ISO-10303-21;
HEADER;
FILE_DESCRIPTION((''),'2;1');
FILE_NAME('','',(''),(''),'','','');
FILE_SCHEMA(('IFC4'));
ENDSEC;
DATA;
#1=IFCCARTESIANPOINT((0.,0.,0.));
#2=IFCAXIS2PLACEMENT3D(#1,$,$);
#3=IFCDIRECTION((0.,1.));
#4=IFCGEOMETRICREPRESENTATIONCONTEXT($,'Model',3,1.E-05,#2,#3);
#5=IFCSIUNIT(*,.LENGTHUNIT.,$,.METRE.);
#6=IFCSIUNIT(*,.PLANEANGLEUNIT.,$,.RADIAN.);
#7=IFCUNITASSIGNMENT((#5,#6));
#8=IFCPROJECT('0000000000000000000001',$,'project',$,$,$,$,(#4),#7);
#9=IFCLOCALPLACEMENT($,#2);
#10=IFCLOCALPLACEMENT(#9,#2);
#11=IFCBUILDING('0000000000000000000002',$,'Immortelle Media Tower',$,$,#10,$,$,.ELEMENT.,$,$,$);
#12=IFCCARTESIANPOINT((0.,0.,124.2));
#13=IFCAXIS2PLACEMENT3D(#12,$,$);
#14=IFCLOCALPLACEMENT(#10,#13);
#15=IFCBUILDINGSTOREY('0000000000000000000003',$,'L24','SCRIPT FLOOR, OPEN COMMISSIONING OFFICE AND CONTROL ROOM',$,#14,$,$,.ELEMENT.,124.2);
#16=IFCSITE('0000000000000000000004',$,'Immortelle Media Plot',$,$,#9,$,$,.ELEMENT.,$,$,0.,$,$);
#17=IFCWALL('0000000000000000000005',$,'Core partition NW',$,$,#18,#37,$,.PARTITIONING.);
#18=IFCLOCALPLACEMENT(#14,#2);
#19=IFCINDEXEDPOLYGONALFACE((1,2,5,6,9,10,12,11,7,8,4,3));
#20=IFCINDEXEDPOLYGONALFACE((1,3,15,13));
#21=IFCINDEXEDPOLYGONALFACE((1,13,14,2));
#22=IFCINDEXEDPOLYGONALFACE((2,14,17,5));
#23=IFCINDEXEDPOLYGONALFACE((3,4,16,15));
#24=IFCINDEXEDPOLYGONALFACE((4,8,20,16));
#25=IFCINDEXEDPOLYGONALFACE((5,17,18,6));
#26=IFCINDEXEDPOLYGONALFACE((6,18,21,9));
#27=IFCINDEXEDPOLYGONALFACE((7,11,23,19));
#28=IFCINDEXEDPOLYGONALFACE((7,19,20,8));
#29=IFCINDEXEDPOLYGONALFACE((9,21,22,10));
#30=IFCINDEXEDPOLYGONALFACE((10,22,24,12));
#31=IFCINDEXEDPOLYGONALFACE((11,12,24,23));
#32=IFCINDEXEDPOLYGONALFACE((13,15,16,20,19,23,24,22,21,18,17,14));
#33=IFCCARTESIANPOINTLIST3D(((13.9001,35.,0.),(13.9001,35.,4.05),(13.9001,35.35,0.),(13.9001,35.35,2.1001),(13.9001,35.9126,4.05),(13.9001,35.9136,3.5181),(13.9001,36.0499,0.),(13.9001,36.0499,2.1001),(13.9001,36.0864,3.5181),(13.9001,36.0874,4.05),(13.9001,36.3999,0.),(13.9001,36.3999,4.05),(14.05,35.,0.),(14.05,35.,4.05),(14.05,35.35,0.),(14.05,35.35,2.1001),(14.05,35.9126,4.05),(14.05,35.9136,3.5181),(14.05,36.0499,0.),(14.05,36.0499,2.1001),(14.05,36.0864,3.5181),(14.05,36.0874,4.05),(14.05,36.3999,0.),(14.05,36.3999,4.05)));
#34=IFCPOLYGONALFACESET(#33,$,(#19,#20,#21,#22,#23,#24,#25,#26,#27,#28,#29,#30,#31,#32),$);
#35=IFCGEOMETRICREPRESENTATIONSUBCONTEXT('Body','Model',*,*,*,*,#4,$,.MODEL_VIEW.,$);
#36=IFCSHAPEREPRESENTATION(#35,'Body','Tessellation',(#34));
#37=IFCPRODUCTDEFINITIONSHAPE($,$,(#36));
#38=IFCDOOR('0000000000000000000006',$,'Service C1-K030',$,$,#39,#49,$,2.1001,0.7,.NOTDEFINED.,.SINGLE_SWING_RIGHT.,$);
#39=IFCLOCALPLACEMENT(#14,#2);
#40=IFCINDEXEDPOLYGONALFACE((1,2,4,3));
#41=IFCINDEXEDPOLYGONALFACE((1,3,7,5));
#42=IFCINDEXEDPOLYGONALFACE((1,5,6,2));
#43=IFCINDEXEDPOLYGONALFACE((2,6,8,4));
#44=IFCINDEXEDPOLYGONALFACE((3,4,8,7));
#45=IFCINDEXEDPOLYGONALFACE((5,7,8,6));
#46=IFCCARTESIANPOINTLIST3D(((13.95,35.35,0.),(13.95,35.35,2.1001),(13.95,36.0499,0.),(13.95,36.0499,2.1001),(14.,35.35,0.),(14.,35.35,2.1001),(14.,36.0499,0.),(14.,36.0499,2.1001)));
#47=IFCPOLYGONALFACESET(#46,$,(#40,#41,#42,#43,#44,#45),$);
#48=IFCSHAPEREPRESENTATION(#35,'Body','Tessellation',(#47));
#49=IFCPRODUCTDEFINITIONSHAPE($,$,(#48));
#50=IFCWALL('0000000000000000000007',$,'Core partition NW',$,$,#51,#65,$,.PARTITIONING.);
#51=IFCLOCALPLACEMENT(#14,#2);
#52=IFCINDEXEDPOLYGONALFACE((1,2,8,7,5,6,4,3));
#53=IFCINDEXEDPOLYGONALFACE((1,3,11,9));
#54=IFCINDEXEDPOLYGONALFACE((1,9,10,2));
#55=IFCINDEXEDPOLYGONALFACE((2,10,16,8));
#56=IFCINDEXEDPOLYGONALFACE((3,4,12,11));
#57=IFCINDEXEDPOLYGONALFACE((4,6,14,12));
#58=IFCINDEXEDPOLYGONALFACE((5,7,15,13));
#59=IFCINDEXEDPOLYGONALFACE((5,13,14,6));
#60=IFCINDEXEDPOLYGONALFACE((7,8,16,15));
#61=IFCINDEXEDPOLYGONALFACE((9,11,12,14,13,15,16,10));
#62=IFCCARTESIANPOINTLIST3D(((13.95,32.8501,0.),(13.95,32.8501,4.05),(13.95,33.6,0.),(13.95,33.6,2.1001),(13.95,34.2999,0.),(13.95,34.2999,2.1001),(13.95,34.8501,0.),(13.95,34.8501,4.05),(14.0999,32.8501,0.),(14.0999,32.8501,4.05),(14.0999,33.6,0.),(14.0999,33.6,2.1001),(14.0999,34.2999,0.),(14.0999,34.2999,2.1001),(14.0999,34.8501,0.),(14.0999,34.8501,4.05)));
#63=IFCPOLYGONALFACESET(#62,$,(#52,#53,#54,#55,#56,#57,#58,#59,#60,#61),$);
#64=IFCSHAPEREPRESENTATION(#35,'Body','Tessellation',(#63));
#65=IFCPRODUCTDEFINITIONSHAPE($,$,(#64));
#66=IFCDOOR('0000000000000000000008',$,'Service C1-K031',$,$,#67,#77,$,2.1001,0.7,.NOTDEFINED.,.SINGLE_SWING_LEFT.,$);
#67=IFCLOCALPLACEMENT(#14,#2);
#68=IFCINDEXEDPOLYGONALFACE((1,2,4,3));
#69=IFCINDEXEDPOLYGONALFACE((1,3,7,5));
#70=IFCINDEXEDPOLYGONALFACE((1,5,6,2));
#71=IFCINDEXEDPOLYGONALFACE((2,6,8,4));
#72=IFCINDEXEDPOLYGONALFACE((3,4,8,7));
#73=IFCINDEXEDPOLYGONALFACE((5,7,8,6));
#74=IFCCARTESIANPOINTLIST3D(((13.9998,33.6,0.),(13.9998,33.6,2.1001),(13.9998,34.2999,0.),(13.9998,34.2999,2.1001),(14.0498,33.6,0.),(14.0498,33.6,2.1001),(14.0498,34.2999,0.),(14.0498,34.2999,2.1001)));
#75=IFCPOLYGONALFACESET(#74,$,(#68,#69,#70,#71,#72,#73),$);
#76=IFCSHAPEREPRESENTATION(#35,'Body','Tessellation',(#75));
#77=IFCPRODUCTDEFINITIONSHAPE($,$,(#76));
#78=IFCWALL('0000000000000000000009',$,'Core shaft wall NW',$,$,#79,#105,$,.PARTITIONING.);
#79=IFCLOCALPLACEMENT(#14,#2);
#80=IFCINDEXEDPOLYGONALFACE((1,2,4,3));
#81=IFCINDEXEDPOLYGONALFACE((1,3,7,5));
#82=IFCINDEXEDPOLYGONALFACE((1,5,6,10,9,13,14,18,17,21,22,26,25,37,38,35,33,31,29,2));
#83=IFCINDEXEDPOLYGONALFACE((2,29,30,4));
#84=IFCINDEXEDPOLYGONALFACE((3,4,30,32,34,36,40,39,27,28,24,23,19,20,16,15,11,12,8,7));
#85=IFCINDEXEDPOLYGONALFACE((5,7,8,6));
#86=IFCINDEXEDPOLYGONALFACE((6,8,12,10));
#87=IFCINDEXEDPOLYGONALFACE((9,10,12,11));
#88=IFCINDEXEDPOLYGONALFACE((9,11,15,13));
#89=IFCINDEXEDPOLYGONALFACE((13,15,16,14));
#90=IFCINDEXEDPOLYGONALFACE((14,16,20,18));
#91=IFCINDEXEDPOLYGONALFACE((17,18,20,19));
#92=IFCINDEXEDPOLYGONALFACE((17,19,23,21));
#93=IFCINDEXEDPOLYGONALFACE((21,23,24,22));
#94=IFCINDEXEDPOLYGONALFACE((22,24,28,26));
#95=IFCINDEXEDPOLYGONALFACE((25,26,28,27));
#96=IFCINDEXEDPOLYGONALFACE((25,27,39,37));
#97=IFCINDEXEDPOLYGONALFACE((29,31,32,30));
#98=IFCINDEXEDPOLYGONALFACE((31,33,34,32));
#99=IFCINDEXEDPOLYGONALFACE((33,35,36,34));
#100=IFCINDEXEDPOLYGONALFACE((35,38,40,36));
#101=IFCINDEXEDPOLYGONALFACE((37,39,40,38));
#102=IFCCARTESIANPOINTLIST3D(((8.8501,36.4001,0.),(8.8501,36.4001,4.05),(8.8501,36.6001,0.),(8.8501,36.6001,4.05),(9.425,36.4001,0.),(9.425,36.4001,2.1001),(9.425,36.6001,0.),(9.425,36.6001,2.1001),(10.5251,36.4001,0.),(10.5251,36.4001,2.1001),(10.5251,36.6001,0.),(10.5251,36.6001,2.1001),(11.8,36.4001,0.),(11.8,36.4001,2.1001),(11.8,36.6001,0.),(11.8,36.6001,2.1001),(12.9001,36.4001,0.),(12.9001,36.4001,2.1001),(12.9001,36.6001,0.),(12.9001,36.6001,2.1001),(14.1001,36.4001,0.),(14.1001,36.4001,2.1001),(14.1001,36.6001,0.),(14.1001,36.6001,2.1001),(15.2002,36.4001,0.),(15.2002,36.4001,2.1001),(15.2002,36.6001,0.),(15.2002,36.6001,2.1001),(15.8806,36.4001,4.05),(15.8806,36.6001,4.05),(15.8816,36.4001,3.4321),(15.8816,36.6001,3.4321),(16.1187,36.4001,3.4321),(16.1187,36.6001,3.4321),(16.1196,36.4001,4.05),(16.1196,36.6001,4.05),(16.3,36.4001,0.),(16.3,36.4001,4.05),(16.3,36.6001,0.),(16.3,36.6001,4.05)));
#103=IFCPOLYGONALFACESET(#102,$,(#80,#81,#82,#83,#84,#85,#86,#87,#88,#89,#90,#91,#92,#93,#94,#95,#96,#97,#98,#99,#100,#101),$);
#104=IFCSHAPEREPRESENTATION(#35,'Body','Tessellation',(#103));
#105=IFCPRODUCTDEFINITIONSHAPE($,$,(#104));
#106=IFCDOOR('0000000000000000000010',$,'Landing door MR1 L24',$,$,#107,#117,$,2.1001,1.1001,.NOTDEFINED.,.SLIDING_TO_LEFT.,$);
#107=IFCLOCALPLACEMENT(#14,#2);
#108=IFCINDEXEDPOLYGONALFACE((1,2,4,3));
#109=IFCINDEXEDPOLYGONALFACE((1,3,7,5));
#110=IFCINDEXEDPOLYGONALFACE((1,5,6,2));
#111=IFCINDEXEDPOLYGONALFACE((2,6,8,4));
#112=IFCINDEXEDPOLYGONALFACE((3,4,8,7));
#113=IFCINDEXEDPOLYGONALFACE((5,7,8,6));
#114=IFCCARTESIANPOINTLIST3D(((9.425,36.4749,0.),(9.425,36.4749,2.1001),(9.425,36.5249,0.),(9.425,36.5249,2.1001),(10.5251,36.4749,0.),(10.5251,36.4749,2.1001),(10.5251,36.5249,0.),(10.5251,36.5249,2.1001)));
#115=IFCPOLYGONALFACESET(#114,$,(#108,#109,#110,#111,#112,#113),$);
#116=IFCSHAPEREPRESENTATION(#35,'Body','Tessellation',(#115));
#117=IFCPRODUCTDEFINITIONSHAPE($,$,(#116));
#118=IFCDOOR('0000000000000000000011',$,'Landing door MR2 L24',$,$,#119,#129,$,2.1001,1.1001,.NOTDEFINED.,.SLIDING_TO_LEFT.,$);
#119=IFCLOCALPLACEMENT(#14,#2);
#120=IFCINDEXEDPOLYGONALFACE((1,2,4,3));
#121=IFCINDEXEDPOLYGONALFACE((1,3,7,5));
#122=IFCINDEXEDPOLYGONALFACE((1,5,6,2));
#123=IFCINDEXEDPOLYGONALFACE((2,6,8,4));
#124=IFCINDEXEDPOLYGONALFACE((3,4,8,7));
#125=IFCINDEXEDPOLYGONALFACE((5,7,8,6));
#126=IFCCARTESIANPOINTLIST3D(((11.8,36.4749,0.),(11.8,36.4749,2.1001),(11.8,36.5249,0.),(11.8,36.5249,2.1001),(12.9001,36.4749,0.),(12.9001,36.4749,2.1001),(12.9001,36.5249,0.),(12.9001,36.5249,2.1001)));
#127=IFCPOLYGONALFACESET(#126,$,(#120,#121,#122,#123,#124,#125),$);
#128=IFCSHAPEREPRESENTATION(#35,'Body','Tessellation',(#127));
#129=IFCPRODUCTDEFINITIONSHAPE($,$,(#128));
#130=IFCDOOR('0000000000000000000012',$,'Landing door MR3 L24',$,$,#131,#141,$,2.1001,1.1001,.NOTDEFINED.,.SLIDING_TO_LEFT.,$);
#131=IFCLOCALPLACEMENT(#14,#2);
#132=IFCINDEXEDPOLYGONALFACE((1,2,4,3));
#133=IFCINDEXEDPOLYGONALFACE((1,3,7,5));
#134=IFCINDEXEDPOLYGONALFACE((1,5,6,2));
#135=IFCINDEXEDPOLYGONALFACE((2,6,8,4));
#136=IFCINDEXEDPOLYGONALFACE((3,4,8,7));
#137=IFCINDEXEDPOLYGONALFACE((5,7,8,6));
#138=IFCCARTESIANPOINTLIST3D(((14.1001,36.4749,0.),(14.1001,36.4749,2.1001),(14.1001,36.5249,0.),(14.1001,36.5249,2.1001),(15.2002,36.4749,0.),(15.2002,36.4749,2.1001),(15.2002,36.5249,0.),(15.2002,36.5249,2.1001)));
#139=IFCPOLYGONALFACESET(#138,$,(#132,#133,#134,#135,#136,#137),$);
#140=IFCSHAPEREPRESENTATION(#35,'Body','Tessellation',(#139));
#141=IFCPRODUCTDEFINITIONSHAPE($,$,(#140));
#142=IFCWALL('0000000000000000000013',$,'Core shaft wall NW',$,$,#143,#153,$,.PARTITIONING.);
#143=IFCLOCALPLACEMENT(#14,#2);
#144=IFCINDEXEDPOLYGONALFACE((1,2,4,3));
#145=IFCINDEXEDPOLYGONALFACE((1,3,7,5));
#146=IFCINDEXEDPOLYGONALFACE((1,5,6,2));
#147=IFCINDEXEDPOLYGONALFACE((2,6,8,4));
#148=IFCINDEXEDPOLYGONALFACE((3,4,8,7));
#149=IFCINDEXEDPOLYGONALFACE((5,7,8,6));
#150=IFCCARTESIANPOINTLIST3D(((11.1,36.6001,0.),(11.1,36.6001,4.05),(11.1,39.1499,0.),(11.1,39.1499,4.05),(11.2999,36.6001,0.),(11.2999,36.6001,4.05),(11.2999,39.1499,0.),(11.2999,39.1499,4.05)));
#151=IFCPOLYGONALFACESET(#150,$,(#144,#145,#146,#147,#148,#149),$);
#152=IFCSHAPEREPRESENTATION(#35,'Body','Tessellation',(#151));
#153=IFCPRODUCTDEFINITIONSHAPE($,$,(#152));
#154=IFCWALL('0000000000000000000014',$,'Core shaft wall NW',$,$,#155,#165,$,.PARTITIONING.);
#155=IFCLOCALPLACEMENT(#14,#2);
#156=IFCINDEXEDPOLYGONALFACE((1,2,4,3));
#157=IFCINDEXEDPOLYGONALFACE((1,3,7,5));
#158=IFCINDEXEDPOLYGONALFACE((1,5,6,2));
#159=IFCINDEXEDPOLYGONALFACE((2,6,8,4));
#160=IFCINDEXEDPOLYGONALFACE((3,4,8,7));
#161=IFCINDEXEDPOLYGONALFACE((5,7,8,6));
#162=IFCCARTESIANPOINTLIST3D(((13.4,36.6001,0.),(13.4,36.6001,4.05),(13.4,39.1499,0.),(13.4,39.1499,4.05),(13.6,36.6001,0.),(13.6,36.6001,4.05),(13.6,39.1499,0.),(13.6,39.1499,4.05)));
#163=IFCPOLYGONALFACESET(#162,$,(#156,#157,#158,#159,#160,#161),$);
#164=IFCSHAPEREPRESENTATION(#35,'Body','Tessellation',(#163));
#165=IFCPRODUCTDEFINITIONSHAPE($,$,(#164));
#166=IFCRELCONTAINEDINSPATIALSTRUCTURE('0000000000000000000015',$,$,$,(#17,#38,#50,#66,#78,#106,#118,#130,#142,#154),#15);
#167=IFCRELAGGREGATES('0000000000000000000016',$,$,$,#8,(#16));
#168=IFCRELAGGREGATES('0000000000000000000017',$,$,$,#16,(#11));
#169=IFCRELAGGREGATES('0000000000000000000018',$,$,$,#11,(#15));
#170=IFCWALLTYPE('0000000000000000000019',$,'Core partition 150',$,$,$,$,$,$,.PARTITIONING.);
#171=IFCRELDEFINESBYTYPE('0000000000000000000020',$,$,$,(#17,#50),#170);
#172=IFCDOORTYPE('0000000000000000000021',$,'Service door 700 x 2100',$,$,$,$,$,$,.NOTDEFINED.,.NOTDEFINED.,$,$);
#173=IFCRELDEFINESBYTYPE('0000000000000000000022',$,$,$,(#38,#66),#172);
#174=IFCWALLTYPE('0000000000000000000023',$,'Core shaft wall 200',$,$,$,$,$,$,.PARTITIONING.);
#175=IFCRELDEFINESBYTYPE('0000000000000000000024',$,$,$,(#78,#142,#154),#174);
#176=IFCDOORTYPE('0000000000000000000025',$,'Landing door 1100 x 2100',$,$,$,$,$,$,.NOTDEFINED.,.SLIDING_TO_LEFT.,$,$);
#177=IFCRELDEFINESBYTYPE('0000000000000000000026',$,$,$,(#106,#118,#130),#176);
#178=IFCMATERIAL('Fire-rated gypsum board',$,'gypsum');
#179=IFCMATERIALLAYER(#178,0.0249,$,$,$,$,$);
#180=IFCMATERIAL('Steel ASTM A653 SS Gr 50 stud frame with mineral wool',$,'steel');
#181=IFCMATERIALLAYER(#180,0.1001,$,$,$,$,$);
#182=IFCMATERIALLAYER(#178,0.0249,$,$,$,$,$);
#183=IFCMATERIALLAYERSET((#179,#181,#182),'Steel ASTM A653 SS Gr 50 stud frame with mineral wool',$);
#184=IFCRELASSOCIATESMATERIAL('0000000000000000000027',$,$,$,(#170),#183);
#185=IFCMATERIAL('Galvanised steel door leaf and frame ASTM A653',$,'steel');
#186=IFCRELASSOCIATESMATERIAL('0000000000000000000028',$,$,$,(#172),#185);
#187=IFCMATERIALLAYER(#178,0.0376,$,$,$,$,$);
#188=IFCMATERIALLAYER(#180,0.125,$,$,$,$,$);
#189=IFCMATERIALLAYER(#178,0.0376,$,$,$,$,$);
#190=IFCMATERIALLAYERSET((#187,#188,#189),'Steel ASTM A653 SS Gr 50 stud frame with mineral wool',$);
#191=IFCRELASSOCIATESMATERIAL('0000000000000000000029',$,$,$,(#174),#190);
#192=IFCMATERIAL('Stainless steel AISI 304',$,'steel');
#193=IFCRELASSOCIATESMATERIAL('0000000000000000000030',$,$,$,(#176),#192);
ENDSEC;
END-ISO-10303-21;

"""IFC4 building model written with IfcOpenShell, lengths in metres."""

from ifc_helpers import new_model, si_unit, direction, frame, frame_2d, origin, place, context, subcontext, project, spatial, polyline, rectangle, outline, extrude, material, layer, layer_set, type_object, element, fill, save


model = new_model("IFC4")

# Units and contexts
model_context = context("Model", 3, precision=1e-05, world=origin(), true_north=direction((0.0, 1.0)))
body_context = subcontext(model_context, "Body", "Model", "MODEL_VIEW")
ifc_project = project(units=[si_unit("LENGTHUNIT", "METRE"), si_unit("PLANEANGLEUNIT", "RADIAN")], contexts=[model_context])

# Site, building, storey
site_placement = place(None, origin())
site = spatial("IfcSite", under=ifc_project, at=site_placement, Name="Immortelle Media Plot", CompositionType="ELEMENT", RefElevation=0.0)
building_placement = place(site_placement, origin())
building = spatial("IfcBuilding", under=site, at=building_placement, Name="Immortelle Media Tower", CompositionType="ELEMENT")
storey_placement = place(building_placement, frame((0.0, 0.0, 124.2)))
storey = spatial("IfcBuildingStorey", under=building, at=storey_placement, Name="L24", Description="SCRIPT FLOOR, OPEN COMMISSIONING OFFICE AND CONTROL ROOM", CompositionType="ELEMENT", Elevation=124.2)

# Shared definitions
ifc_material_1 = material(Name="Fire-rated gypsum board", Category="gypsum")
ifc_material_2 = material(Name="Steel ASTM A653 SS Gr 50 stud frame with mineral wool", Category="steel")
ifc_layer_1 = layer(ifc_material_1, 0.0249)
ifc_layer_2 = layer(ifc_material_2, 0.1001)
ifc_layer_3 = layer(ifc_material_1, 0.0249)
ifc_layer_set_1 = layer_set([ifc_layer_1, ifc_layer_2, ifc_layer_3], Name="Steel ASTM A653 SS Gr 50 stud frame with mineral wool")
wall_type_1 = type_object("IfcWallType", Name="Core partition 150", PredefinedType="PARTITIONING", material=ifc_layer_set_1)

# Shared definitions
ifc_material_3 = material(Name="Galvanised steel door leaf and frame ASTM A653", Category="steel")
door_type_1 = type_object("IfcDoorType", Name="Service door 700 x 2100", OperationType="NOTDEFINED", PredefinedType="NOTDEFINED", material=ifc_material_3)

# Walls, openings, doors
wall_1_placement = place(storey_placement, frame((13.9751, 35.0, 0.0), z_axis=(0.0, 0.0, 1.0), x_axis=(0.0, 1.0, 0.0)))
wall_1 = element("IfcWall", 1, at=wall_1_placement, inside=storey, type_object=wall_type_1, Name="Core partition NW", PredefinedType="PARTITIONING", context=body_context, shape_type="SweptSolid", body=[
    extrude(outline(polyline([(0.0, 0.0), (1.3999, 0.0), (1.3999, 4.05), (1.0874, 4.05), (1.0864, 3.5181), (0.9136, 3.5181), (0.9126, 4.05), (0.0, 4.05), (0.0, 0.0)])), frame((0.0, 0.075, 0.0), z_axis=(0.0, -1.0, 0.0), x_axis=(1.0, 0.0, 0.0)), (0.0, 0.0, 1.0), 0.1499),
])
opening_1_placement = place(wall_1_placement, frame((1.05, 0.0, 0.0), z_axis=(0.0, 0.0, 1.0), x_axis=(-1.0, 0.0, 0.0)))
opening_1 = element("IfcOpeningElement", 2, at=opening_1_placement, cuts=wall_1, PredefinedType="OPENING", context=body_context, shape_type="SweptSolid", body=[
    extrude(rectangle(XDim=0.7, YDim=2.1001, at=frame_2d((0.3501, 1.05))), frame((0.0, 0.085, 0.0), z_axis=(0.0, -1.0, 0.0), x_axis=(1.0, 0.0, 0.0)), (0.0, 0.0, 1.0), 0.1699),
])
door_1_placement = place(opening_1_placement, origin())
door_1 = element("IfcDoor", 3, at=door_1_placement, inside=storey, type_object=door_type_1, Name="Service C1-K030", OperationType="SINGLE_SWING_RIGHT", OverallHeight=2.1001, OverallWidth=0.7, PredefinedType="NOTDEFINED", context=body_context, shape_type="SweptSolid", body=[
    extrude(rectangle(XDim=0.7, YDim=2.1001, at=frame_2d((0.3501, 1.05))), frame((0.0, 0.0249, 0.0), z_axis=(0.0, -1.0, 0.0), x_axis=(1.0, 0.0, 0.0)), (0.0, 0.0, 1.0), 0.05),
])
fill(opening_1, door_1)
wall_2_placement = place(storey_placement, frame((14.0249, 32.8501, 0.0), z_axis=(0.0, 0.0, 1.0), x_axis=(0.0, 1.0, 0.0)))
wall_2 = element("IfcWall", 4, at=wall_2_placement, inside=storey, type_object=wall_type_1, Name="Core partition NW", PredefinedType="PARTITIONING", context=body_context, shape_type="SweptSolid", body=[
    extrude(rectangle(XDim=2.0, YDim=0.1499, at=frame_2d((1.0, 0.0))), origin(), (0.0, 0.0, 1.0), 4.05),
])
opening_2_placement = place(wall_2_placement, frame((1.45, 0.0, 0.0), z_axis=(0.0, 0.0, 1.0), x_axis=(-1.0, 0.0, 0.0)))
opening_2 = element("IfcOpeningElement", 5, at=opening_2_placement, cuts=wall_2, PredefinedType="OPENING", context=body_context, shape_type="SweptSolid", body=[
    extrude(rectangle(XDim=0.7, YDim=2.1001, at=frame_2d((0.3501, 1.05))), frame((0.0, 0.085, 0.0), z_axis=(0.0, -1.0, 0.0), x_axis=(1.0, 0.0, 0.0)), (0.0, 0.0, 1.0), 0.1699),
])
door_2_placement = place(opening_2_placement, origin())
door_2 = element("IfcDoor", 6, at=door_2_placement, inside=storey, type_object=door_type_1, Name="Service C1-K031", OperationType="SINGLE_SWING_LEFT", OverallHeight=2.1001, OverallWidth=0.7, PredefinedType="NOTDEFINED", context=body_context, shape_type="SweptSolid", body=[
    extrude(rectangle(XDim=0.7, YDim=2.1001, at=frame_2d((0.3501, 1.05))), frame((0.0, 0.0249, 0.0), z_axis=(0.0, -1.0, 0.0), x_axis=(1.0, 0.0, 0.0)), (0.0, 0.0, 1.0), 0.05),
])
fill(opening_2, door_2)

# Wall, openings, doors
ifc_layer_4 = layer(ifc_material_1, 0.0376)
ifc_layer_5 = layer(ifc_material_2, 0.125)
ifc_layer_6 = layer(ifc_material_1, 0.0376)
ifc_layer_set_2 = layer_set([ifc_layer_4, ifc_layer_5, ifc_layer_6], Name="Steel ASTM A653 SS Gr 50 stud frame with mineral wool")
wall_type_2 = type_object("IfcWallType", Name="Core shaft wall 200", PredefinedType="PARTITIONING", material=ifc_layer_set_2)
wall_3_placement = place(storey_placement, frame((8.8501, 36.5, 0.0), z_axis=(0.0, 0.0, 1.0), x_axis=(1.0, 0.0, 0.0)))
wall_3 = element("IfcWall", 7, at=wall_3_placement, inside=storey, type_object=wall_type_2, Name="Core shaft wall NW", PredefinedType="PARTITIONING", context=body_context, shape_type="SweptSolid", body=[
    extrude(outline(polyline([(0.0, 0.0), (7.45, 0.0), (7.45, 4.05), (7.2695, 4.05), (7.2686, 3.4321), (7.0315, 3.4321), (7.0305, 4.05), (0.0, 4.05), (0.0, 0.0)])), frame((0.0, 0.1001, 0.0), z_axis=(0.0, -1.0, 0.0), x_axis=(1.0, 0.0, 0.0)), (0.0, 0.0, 1.0), 0.2),
])
opening_3_placement = place(wall_3_placement, frame((0.575, 0.0, 0.0)))
opening_3 = element("IfcOpeningElement", 8, at=opening_3_placement, cuts=wall_3, PredefinedType="OPENING", context=body_context, shape_type="SweptSolid", body=[
    extrude(rectangle(XDim=1.1001, YDim=2.1001, at=frame_2d((0.55, 1.05))), frame((0.0, 0.1099, 0.0), z_axis=(0.0, -1.0, 0.0), x_axis=(1.0, 0.0, 0.0)), (0.0, 0.0, 1.0), 0.22),
])
opening_4_placement = place(wall_3_placement, frame((2.95, 0.0, 0.0)))
opening_4 = element("IfcOpeningElement", 9, at=opening_4_placement, cuts=wall_3, PredefinedType="OPENING", context=body_context, shape_type="SweptSolid", body=[
    extrude(rectangle(XDim=1.1001, YDim=2.1001, at=frame_2d((0.55, 1.05))), frame((0.0, 0.1099, 0.0), z_axis=(0.0, -1.0, 0.0), x_axis=(1.0, 0.0, 0.0)), (0.0, 0.0, 1.0), 0.22),
])
opening_5_placement = place(wall_3_placement, frame((5.25, 0.0, 0.0)))
opening_5 = element("IfcOpeningElement", 10, at=opening_5_placement, cuts=wall_3, PredefinedType="OPENING", context=body_context, shape_type="SweptSolid", body=[
    extrude(rectangle(XDim=1.1001, YDim=2.1001, at=frame_2d((0.55, 1.05))), frame((0.0, 0.1099, 0.0), z_axis=(0.0, -1.0, 0.0), x_axis=(1.0, 0.0, 0.0)), (0.0, 0.0, 1.0), 0.22),
])
ifc_material_4 = material(Name="Stainless steel AISI 304", Category="steel")
door_type_2 = type_object("IfcDoorType", Name="Landing door 1100 x 2100", OperationType="SLIDING_TO_LEFT", PredefinedType="NOTDEFINED", material=ifc_material_4)
door_3_placement = place(opening_3_placement, origin())
door_3 = element("IfcDoor", 11, at=door_3_placement, inside=storey, type_object=door_type_2, Name="Landing door MR1 L24", OperationType="SLIDING_TO_LEFT", OverallHeight=2.1001, OverallWidth=1.1001, PredefinedType="NOTDEFINED", context=body_context, shape_type="SweptSolid", body=[
    extrude(rectangle(XDim=1.1001, YDim=2.1001, at=frame_2d((0.55, 1.05))), frame((0.0, 0.0249, 0.0), z_axis=(0.0, -1.0, 0.0), x_axis=(1.0, 0.0, 0.0)), (0.0, 0.0, 1.0), 0.05),
])
fill(opening_3, door_3)
door_4_placement = place(opening_4_placement, origin())
door_4 = element("IfcDoor", 12, at=door_4_placement, inside=storey, type_object=door_type_2, Name="Landing door MR2 L24", OperationType="SLIDING_TO_LEFT", OverallHeight=2.1001, OverallWidth=1.1001, PredefinedType="NOTDEFINED", context=body_context, shape_type="SweptSolid", body=[
    extrude(rectangle(XDim=1.1001, YDim=2.1001, at=frame_2d((0.55, 1.05))), frame((0.0, 0.0249, 0.0), z_axis=(0.0, -1.0, 0.0), x_axis=(1.0, 0.0, 0.0)), (0.0, 0.0, 1.0), 0.05),
])
fill(opening_4, door_4)
door_5_placement = place(opening_5_placement, origin())
door_5 = element("IfcDoor", 13, at=door_5_placement, inside=storey, type_object=door_type_2, Name="Landing door MR3 L24", OperationType="SLIDING_TO_LEFT", OverallHeight=2.1001, OverallWidth=1.1001, PredefinedType="NOTDEFINED", context=body_context, shape_type="SweptSolid", body=[
    extrude(rectangle(XDim=1.1001, YDim=2.1001, at=frame_2d((0.55, 1.05))), frame((0.0, 0.0249, 0.0), z_axis=(0.0, -1.0, 0.0), x_axis=(1.0, 0.0, 0.0)), (0.0, 0.0, 1.0), 0.05),
])
fill(opening_5, door_5)

# Walls
for number, where, z_axis, x_axis, name in (
    (14, (11.2, 36.6001, 0.0), (0.0, 0.0, 1.0), (0.0, 1.0, 0.0), "Core shaft wall NW"),
    (15, (13.5, 36.6001, 0.0), (0.0, 0.0, 1.0), (0.0, 1.0, 0.0), "Core shaft wall NW"),
):
    element("IfcWall", number, at=place(storey_placement, frame(where, z_axis=z_axis, x_axis=x_axis)), inside=storey, type_object=wall_type_2, Name=name, PredefinedType="PARTITIONING", context=body_context, shape_type="SweptSolid", body=[
        extrude(rectangle(XDim=2.5498, YDim=0.2, at=frame_2d((1.2749, 0.0))), origin(), (0.0, 0.0, 1.0), 4.05),
    ])

save(model, "model.ifc")
